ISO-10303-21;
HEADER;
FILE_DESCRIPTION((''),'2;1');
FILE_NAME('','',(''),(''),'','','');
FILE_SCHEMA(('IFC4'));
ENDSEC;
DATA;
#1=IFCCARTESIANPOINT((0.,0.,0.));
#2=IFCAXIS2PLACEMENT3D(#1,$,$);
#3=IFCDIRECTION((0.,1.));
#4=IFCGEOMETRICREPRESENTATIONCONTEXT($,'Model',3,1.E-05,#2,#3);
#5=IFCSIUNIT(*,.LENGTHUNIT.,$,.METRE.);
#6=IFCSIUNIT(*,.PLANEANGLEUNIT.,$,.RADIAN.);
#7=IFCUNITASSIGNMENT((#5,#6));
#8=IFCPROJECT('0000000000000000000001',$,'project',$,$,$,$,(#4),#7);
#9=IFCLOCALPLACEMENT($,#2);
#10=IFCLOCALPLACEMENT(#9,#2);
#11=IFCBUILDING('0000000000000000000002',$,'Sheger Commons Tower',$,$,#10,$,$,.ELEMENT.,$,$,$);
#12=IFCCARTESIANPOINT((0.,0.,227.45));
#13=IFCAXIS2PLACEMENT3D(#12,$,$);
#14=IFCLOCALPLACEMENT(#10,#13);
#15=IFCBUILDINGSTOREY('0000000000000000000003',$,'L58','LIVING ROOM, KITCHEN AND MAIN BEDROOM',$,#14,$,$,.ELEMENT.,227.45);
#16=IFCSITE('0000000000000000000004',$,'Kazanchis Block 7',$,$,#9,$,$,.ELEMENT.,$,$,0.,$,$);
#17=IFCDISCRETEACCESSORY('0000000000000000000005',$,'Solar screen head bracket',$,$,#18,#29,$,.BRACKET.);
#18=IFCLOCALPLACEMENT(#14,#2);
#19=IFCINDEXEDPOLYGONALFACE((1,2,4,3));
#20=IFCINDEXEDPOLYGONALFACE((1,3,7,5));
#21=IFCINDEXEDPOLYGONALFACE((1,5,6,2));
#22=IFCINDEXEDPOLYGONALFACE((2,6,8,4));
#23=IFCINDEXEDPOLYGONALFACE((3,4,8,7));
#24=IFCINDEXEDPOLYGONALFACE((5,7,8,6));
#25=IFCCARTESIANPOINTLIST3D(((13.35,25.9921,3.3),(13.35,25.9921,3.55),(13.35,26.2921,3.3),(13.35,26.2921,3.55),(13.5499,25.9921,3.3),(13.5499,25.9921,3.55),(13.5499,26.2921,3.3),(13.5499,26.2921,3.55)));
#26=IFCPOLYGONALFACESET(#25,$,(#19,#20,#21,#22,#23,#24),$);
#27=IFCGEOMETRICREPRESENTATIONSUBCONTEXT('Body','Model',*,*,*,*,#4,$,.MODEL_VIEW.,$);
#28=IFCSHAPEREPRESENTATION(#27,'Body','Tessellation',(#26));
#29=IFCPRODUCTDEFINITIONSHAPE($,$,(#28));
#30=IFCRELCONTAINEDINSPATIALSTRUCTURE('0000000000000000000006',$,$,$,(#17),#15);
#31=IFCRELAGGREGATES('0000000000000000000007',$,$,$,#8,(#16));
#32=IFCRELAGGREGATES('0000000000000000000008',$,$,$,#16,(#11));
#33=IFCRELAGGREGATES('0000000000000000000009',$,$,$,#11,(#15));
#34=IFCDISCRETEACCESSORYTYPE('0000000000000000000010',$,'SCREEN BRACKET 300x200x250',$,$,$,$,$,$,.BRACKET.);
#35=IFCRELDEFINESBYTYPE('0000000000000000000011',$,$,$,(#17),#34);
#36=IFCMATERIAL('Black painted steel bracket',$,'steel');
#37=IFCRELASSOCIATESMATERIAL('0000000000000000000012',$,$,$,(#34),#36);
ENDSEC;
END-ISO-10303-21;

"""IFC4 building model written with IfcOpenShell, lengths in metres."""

from ifc_helpers import new_model, si_unit, direction, frame, origin, origin_2d, place, context, subcontext, project, spatial, rectangle, extrude, material, type_object, element, save


model = new_model("IFC4")

# Units and contexts
model_context = context("Model", 3, precision=1e-05, world=origin(), true_north=direction((0.0, 1.0)))
body_context = subcontext(model_context, "Body", "Model", "MODEL_VIEW")
ifc_project = project(units=[si_unit("LENGTHUNIT", "METRE"), si_unit("PLANEANGLEUNIT", "RADIAN")], contexts=[model_context])

# Site, building, storey
site_placement = place(None, origin())
site = spatial("IfcSite", under=ifc_project, at=site_placement, Name="Kazanchis Block 7", CompositionType="ELEMENT", RefElevation=0.0)
building_placement = place(site_placement, origin())
building = spatial("IfcBuilding", under=site, at=building_placement, Name="Sheger Commons Tower", CompositionType="ELEMENT")
storey_placement = place(building_placement, frame((0.0, 0.0, 227.45)))
storey = spatial("IfcBuildingStorey", under=building, at=storey_placement, Name="L58", Description="LIVING ROOM, KITCHEN AND MAIN BEDROOM", CompositionType="ELEMENT", Elevation=227.45)

# Discrete accessory
ifc_material_1 = material(Name="Black painted steel bracket", Category="steel")
discrete_accessory_type = type_object("IfcDiscreteAccessoryType", Name="SCREEN BRACKET 300x200x250", PredefinedType="BRACKET", material=ifc_material_1)
for number, where, z_axis, x_axis, name in (
    (1, (13.45, 26.1421, 3.3), (0.0, 0.0, 1.0), (0.0, -1.0, 0.0), "Solar screen head bracket"),
):
    element("IfcDiscreteAccessory", number, at=place(storey_placement, frame(where, z_axis=z_axis, x_axis=x_axis)), inside=storey, type_object=discrete_accessory_type, Name=name, PredefinedType="BRACKET", context=body_context, shape_type="SweptSolid", body=[
        extrude(rectangle(XDim=0.3, YDim=0.2, at=origin_2d()), origin(), (0.0, 0.0, 1.0), 0.25),
    ])

save(model, "model.ifc")
